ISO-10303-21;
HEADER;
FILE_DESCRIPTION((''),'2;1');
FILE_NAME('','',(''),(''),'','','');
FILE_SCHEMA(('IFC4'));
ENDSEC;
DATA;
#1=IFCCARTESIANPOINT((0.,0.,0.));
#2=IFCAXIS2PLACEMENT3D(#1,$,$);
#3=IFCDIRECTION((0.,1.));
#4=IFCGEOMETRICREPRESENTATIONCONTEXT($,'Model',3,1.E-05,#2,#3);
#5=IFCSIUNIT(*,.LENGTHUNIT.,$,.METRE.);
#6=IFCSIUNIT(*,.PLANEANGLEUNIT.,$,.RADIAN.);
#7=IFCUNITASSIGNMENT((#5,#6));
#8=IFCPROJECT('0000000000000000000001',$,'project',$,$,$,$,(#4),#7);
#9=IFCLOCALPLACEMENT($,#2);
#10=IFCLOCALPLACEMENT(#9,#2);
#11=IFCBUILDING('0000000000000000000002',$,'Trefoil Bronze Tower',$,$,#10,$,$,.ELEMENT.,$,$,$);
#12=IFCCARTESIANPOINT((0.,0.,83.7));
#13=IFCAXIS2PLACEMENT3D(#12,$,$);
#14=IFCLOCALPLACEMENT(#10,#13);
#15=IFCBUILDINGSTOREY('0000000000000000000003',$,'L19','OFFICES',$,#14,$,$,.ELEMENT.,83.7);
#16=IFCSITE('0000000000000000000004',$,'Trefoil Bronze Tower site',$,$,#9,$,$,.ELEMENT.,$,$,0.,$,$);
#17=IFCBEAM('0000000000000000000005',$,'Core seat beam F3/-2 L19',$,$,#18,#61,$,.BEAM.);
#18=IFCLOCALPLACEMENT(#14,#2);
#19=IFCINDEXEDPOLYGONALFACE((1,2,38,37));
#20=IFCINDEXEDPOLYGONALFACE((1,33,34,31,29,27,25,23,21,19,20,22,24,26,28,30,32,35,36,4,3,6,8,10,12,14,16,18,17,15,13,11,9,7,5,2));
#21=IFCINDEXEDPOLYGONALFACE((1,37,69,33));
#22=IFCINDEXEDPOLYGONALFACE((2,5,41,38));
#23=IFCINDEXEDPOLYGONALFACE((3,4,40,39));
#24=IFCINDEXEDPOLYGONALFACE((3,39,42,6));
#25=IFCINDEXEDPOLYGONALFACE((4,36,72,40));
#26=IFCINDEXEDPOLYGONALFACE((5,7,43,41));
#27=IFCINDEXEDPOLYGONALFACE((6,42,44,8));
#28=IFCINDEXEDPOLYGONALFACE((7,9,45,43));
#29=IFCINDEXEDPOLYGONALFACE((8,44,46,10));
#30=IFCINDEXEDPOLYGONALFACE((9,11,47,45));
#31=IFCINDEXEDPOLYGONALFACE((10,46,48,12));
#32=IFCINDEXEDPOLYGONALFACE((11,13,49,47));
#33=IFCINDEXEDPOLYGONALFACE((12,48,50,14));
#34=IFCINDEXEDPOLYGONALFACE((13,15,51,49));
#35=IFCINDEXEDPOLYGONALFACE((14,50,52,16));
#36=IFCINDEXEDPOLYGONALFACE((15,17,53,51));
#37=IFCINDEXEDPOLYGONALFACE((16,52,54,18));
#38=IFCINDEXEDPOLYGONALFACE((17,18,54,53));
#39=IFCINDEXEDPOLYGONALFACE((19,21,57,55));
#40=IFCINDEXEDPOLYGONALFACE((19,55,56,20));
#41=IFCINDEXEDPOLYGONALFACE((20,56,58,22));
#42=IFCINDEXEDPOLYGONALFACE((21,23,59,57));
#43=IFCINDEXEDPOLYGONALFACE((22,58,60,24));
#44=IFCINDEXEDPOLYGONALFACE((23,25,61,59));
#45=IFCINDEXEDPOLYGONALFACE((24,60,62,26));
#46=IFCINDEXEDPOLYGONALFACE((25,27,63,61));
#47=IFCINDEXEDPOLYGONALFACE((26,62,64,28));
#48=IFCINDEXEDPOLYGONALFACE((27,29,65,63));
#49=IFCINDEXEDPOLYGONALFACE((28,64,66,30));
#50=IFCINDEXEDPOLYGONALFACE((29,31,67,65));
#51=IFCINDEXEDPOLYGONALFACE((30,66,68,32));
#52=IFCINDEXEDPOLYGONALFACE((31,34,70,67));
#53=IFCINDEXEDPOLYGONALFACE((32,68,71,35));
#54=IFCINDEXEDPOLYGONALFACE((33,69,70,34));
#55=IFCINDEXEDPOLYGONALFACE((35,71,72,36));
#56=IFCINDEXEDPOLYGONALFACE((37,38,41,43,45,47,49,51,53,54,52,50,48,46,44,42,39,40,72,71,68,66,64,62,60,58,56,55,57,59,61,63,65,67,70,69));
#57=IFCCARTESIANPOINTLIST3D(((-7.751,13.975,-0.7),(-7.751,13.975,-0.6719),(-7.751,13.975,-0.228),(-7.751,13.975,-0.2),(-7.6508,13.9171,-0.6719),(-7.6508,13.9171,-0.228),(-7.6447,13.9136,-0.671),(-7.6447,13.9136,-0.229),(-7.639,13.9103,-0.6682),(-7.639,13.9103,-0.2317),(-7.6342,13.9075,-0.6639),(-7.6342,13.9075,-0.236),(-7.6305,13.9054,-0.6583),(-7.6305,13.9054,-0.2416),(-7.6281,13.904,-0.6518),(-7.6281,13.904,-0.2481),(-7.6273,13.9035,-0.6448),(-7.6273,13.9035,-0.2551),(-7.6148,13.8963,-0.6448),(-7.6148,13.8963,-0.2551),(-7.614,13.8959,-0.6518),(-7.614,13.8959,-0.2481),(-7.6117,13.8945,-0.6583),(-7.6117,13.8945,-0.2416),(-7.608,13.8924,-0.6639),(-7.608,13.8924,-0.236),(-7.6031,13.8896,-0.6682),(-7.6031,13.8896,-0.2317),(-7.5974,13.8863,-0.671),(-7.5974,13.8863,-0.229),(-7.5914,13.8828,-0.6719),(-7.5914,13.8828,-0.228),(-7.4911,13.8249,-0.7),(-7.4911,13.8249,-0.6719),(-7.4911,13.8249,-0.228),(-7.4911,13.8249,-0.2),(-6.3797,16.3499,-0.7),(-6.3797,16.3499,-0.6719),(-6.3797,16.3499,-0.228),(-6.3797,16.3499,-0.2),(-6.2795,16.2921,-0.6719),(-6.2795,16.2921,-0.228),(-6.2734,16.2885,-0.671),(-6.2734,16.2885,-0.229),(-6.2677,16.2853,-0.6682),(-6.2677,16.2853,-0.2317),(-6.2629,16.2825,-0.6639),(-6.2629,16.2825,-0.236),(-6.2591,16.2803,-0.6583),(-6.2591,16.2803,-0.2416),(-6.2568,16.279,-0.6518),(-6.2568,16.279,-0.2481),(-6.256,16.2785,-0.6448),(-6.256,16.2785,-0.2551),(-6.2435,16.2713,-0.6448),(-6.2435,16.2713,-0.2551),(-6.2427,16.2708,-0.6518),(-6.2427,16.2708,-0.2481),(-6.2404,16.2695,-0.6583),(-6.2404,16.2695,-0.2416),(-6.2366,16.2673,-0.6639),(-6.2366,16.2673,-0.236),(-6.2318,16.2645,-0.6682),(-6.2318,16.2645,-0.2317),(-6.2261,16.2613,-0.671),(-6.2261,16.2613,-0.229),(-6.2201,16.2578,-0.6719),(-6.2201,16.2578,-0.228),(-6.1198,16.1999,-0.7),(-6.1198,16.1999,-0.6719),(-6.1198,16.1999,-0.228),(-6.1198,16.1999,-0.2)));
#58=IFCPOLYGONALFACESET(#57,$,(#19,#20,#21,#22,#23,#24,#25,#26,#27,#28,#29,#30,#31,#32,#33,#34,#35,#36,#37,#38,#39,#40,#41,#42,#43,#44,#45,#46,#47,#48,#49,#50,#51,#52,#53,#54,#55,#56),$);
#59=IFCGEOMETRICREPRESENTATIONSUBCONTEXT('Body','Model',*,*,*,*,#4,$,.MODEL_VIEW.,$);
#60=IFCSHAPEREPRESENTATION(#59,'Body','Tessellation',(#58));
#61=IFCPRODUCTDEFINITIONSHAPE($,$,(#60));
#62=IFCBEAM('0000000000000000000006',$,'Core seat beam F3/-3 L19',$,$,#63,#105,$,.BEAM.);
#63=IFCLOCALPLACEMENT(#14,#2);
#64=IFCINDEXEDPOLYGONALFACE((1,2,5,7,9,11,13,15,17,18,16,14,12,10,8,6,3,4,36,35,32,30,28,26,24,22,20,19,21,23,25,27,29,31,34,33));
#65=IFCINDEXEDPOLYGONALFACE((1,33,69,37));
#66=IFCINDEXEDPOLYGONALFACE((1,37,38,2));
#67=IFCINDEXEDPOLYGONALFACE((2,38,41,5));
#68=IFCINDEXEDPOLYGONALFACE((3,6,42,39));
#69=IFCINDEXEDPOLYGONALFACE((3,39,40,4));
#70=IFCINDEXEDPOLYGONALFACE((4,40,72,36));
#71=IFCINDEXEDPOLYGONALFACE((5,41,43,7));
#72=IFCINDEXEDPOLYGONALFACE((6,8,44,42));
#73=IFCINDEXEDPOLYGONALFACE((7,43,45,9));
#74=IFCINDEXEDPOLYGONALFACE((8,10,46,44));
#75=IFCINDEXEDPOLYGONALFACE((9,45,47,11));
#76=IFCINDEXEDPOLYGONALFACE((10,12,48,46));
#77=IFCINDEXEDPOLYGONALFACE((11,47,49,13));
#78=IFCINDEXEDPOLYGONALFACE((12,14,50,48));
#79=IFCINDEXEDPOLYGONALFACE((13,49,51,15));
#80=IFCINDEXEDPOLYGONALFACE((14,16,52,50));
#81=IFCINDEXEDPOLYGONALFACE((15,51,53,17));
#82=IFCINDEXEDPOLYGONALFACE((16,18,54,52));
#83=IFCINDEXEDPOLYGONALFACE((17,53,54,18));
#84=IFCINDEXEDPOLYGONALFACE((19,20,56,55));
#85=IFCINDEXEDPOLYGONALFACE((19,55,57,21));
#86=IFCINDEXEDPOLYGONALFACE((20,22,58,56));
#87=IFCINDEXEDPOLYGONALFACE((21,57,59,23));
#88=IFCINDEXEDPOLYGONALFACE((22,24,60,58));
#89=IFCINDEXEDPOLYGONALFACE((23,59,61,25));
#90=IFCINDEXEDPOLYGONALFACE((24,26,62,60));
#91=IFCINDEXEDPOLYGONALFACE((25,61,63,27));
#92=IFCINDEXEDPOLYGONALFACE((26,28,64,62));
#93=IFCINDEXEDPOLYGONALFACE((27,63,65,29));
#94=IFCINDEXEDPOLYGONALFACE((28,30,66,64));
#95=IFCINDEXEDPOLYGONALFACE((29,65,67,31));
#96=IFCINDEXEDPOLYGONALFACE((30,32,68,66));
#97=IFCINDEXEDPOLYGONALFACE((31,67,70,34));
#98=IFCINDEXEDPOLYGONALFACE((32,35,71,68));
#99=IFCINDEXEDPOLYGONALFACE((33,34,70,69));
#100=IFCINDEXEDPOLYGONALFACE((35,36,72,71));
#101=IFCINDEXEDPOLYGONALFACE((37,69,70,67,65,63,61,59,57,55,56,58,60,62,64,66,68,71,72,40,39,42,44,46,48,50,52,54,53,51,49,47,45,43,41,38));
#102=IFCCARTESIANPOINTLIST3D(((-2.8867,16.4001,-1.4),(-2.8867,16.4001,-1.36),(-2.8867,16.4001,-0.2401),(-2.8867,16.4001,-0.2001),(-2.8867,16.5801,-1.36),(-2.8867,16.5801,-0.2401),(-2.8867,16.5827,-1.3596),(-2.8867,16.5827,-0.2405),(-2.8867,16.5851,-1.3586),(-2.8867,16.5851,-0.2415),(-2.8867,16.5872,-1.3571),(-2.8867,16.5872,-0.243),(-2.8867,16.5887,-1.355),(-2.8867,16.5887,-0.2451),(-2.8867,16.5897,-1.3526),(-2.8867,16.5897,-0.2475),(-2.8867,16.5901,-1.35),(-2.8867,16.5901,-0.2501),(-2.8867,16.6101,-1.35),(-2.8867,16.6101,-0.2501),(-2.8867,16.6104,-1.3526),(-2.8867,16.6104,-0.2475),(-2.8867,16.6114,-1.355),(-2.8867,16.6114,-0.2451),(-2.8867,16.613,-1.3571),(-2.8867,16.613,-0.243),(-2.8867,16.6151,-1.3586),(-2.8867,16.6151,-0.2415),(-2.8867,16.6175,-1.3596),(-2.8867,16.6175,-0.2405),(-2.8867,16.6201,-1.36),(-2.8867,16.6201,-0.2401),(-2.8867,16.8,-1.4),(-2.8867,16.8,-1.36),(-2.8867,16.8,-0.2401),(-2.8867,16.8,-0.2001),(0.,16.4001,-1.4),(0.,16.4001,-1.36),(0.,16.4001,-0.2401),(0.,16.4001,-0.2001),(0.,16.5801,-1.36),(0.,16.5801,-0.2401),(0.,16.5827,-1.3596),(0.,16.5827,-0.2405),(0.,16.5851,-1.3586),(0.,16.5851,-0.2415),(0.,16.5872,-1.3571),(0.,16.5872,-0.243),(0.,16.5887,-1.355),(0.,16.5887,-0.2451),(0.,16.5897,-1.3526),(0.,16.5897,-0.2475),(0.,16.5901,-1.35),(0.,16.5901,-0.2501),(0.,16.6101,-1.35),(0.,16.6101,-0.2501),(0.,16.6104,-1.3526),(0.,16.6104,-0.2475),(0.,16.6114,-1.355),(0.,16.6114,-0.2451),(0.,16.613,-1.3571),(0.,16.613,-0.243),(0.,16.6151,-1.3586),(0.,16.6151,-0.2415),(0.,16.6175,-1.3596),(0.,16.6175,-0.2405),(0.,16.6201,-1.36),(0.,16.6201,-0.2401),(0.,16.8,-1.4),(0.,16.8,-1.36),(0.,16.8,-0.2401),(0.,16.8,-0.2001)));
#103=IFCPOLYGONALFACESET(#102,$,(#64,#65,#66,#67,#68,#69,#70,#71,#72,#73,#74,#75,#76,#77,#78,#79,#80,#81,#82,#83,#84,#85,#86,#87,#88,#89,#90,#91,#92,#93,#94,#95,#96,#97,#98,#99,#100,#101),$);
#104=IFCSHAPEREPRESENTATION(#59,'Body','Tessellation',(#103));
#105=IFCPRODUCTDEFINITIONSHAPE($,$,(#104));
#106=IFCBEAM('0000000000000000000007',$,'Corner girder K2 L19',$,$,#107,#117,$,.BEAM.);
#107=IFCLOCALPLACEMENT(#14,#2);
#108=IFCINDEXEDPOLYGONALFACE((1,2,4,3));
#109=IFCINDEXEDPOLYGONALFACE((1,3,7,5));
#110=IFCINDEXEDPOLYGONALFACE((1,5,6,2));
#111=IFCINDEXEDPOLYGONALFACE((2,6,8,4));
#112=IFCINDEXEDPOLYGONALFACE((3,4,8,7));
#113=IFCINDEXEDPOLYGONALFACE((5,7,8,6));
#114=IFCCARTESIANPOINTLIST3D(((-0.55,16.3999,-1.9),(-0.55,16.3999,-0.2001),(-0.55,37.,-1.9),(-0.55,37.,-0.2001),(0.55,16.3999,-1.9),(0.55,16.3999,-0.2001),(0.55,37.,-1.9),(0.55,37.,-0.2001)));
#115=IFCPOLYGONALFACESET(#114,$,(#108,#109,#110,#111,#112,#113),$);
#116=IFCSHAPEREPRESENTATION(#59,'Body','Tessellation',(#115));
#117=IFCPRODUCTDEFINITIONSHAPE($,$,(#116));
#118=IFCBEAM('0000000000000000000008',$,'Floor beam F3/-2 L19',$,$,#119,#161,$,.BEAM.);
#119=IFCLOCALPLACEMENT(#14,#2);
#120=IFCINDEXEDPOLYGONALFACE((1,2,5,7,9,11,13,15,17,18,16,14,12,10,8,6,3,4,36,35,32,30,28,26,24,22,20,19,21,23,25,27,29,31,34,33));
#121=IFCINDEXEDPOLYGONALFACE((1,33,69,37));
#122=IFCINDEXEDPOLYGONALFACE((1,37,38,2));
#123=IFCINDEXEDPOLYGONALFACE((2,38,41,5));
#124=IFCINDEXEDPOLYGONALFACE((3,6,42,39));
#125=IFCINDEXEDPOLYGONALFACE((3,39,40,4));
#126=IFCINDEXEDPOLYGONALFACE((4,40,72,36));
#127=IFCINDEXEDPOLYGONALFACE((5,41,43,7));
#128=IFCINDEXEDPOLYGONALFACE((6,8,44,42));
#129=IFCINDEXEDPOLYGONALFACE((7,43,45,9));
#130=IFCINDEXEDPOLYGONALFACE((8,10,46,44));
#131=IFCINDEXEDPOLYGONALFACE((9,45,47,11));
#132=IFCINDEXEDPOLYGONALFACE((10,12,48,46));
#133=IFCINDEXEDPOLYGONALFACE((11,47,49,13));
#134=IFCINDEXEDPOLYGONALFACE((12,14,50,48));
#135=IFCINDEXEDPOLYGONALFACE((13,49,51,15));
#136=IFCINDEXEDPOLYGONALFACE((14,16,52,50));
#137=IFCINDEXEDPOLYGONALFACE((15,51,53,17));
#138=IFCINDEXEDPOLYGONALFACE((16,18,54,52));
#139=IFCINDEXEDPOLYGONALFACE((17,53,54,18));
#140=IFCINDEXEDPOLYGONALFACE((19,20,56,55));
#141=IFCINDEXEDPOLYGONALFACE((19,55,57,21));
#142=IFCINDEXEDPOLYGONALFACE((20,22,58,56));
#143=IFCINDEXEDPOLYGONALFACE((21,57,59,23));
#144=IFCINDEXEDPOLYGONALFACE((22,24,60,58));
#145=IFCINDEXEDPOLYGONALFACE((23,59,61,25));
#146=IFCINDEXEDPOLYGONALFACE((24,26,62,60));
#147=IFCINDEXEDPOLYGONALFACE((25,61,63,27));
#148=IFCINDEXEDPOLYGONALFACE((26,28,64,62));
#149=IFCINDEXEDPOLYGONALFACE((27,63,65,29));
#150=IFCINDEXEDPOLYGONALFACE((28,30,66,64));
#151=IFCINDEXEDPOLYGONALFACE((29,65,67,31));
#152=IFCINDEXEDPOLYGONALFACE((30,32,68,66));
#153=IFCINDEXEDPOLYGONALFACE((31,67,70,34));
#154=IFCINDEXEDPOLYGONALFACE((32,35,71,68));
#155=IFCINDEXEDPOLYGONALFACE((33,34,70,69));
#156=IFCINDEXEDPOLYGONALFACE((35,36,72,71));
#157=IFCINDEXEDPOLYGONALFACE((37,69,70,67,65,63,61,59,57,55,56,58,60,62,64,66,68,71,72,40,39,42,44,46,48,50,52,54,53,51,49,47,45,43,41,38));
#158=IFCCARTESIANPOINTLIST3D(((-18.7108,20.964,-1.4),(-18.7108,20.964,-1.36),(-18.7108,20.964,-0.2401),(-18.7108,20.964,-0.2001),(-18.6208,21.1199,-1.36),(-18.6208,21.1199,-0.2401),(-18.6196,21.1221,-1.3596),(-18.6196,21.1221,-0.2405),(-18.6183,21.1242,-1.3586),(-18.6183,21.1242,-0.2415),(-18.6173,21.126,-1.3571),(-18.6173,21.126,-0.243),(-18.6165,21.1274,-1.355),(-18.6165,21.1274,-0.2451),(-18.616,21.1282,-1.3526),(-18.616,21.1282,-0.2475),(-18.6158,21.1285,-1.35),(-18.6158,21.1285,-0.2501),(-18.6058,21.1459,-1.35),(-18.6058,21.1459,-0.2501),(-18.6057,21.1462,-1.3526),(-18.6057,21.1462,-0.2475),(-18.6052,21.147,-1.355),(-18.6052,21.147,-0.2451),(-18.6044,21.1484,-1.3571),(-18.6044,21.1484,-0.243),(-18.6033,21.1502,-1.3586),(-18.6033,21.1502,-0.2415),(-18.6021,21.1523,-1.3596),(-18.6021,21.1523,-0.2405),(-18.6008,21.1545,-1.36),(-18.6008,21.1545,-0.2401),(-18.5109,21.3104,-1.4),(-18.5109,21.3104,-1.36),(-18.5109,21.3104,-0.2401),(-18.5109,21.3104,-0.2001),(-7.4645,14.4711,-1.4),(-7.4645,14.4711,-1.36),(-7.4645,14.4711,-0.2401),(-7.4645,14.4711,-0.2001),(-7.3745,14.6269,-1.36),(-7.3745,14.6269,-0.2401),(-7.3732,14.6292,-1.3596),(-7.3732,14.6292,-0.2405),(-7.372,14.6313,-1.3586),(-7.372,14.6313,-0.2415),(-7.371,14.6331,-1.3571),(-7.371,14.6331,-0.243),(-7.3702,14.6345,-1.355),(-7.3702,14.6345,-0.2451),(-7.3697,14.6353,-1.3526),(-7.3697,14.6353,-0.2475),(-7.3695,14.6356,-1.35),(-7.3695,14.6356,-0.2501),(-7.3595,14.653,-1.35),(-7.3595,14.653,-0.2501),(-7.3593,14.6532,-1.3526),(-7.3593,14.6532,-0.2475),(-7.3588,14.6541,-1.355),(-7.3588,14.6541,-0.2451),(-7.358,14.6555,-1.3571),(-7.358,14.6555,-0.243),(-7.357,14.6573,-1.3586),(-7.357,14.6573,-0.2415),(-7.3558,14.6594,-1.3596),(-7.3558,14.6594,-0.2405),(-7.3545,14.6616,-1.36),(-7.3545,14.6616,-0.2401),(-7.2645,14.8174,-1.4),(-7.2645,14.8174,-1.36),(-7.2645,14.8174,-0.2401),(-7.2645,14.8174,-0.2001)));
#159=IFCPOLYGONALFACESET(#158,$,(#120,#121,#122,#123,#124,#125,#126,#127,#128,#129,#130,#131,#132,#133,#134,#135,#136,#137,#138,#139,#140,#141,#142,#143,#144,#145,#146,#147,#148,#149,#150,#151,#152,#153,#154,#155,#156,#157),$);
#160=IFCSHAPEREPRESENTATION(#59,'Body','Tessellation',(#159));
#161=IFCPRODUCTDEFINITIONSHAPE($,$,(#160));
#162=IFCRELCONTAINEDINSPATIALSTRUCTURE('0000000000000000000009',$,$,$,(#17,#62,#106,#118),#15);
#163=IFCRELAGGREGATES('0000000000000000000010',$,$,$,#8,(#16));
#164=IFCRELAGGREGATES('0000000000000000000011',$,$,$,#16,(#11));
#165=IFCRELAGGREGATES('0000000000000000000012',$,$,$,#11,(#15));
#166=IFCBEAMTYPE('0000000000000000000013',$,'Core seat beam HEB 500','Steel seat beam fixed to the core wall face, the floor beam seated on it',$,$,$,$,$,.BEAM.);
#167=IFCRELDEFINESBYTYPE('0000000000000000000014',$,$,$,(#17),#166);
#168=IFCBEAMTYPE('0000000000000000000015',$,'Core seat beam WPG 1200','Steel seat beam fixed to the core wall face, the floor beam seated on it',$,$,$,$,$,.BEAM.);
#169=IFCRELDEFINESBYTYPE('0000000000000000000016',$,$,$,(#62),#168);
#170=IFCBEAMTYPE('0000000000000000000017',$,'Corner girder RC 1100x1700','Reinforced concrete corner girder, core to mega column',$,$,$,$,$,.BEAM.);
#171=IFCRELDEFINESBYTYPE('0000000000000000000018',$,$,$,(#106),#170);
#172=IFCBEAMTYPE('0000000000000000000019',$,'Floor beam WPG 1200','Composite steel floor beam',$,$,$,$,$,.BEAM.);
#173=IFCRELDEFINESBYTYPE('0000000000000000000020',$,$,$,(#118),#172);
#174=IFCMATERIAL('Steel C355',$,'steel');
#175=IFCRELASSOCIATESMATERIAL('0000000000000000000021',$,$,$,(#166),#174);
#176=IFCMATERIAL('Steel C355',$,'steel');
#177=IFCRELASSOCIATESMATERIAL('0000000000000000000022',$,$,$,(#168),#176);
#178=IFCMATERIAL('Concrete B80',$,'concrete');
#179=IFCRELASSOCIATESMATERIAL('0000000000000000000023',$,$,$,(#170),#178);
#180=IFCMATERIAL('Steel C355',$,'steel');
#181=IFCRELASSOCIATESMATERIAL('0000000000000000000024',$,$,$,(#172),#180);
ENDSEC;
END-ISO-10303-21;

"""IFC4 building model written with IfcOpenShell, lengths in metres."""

from ifc_helpers import new_model, si_unit, direction, frame, origin, origin_2d, place, context, subcontext, project, spatial, rectangle, i_section, extrude, material, material_profile, profile_set, type_object, element, save


model = new_model("IFC4")

# Units and contexts
model_context = context("Model", 3, precision=1e-05, world=origin(), true_north=direction((0.0, 1.0)))
body_context = subcontext(model_context, "Body", "Model", "MODEL_VIEW")
ifc_project = project(units=[si_unit("LENGTHUNIT", "METRE"), si_unit("PLANEANGLEUNIT", "RADIAN")], contexts=[model_context])

# Site, building, storey
site_placement = place(None, origin())
site = spatial("IfcSite", under=ifc_project, at=site_placement, Name="Trefoil Bronze Tower site", CompositionType="ELEMENT", RefElevation=0.0)
building_placement = place(site_placement, origin())
building = spatial("IfcBuilding", under=site, at=building_placement, Name="Trefoil Bronze Tower", CompositionType="ELEMENT")
storey_placement = place(building_placement, frame((0.0, 0.0, 83.7)))
storey = spatial("IfcBuildingStorey", under=building, at=storey_placement, Name="L19", Description="OFFICES", CompositionType="ELEMENT", Elevation=83.7)

# Beams
ifc_material_1 = material(Name="Steel C355", Category="steel")
ifc_material_profile_1 = material_profile(ifc_material_1, i_section(OverallWidth=0.3, OverallDepth=0.5, WebThickness=0.0144, FlangeThickness=0.0281, FilletRadius=0.0271, at=origin_2d()), Name="HEB 500")
ifc_profile_set_1 = profile_set([ifc_material_profile_1], Name="Steel C355")
beam_type_1 = type_object("IfcBeamType", Name="Core seat beam HEB 500", Description="Steel seat beam fixed to the core wall face, the floor beam seated on it", PredefinedType="BEAM", material=ifc_profile_set_1)
beam_1_placement = place(storey_placement, frame((-6.2498, 16.2749, -0.45), z_axis=(-0.500036, -0.866005, 0.0), x_axis=(0.866005, -0.500036, 0.0)))
element("IfcBeam", 1, at=beam_1_placement, inside=storey, type_object=beam_type_1, Name="Core seat beam F3/-2 L19", PredefinedType="BEAM", context=body_context, shape_type="SweptSolid", body=[
    extrude(i_section(OverallWidth=0.3, OverallDepth=0.5, WebThickness=0.0144, FlangeThickness=0.0281, FilletRadius=0.0271, at=origin_2d()), origin(), (0.0, 0.0, 1.0), 2.7424),
])
ifc_material_2 = material(Name="Steel C355", Category="steel")
ifc_material_profile_2 = material_profile(ifc_material_2, i_section(OverallWidth=0.3999, OverallDepth=1.2, WebThickness=0.02, FlangeThickness=0.04, FilletRadius=0.01, at=origin_2d()), Name="WPG 1200")
ifc_profile_set_2 = profile_set([ifc_material_profile_2], Name="Steel C355")
beam_type_2 = type_object("IfcBeamType", Name="Core seat beam WPG 1200", Description="Steel seat beam fixed to the core wall face, the floor beam seated on it", PredefinedType="BEAM", material=ifc_profile_set_2)
beam_2_placement = place(storey_placement, frame((0.0, 16.6001, -0.8), z_axis=(-1.0, 0.0, 0.0), x_axis=(0.0, -1.0, 0.0)))
element("IfcBeam", 2, at=beam_2_placement, inside=storey, type_object=beam_type_2, Name="Core seat beam F3/-3 L19", PredefinedType="BEAM", context=body_context, shape_type="SweptSolid", body=[
    extrude(i_section(OverallWidth=0.3999, OverallDepth=1.2, WebThickness=0.02, FlangeThickness=0.04, FilletRadius=0.01, at=origin_2d()), origin(), (0.0, 0.0, 1.0), 2.8867),
])
ifc_material_3 = material(Name="Concrete B80", Category="concrete")
ifc_material_profile_3 = material_profile(ifc_material_3, rectangle(XDim=1.1001, YDim=1.7, at=origin_2d()), Name="RC 1100x1700")
ifc_profile_set_3 = profile_set([ifc_material_profile_3], Name="Concrete B80")
beam_type_3 = type_object("IfcBeamType", Name="Corner girder RC 1100x1700", Description="Reinforced concrete corner girder, core to mega column", PredefinedType="BEAM", material=ifc_profile_set_3)
beam_3_placement = place(storey_placement, frame((0.0, 16.3999, -1.05), z_axis=(0.0, 1.0, 0.0), x_axis=(-1.0, 0.0, 0.0)))
element("IfcBeam", 3, at=beam_3_placement, inside=storey, type_object=beam_type_3, Name="Corner girder K2 L19", PredefinedType="BEAM", context=body_context, shape_type="SweptSolid", body=[
    extrude(rectangle(XDim=1.1001, YDim=1.7, at=origin_2d()), origin(), (0.0, 0.0, 1.0), 20.6001),
])
ifc_material_4 = material(Name="Steel C355", Category="steel")
ifc_material_profile_4 = material_profile(ifc_material_4, i_section(OverallWidth=0.3999, OverallDepth=1.2, WebThickness=0.02, FlangeThickness=0.04, FilletRadius=0.01, at=origin_2d()), Name="WPG 1200")
ifc_profile_set_4 = profile_set([ifc_material_profile_4], Name="Steel C355")
beam_type_4 = type_object("IfcBeamType", Name="Floor beam WPG 1200", Description="Composite steel floor beam", PredefinedType="BEAM", material=ifc_profile_set_4)
beam_4_placement = place(storey_placement, frame((-18.6108, 21.1372, -0.8), z_axis=(0.866031, -0.499991, 0.0), x_axis=(0.499991, 0.866031, 0.0)))
element("IfcBeam", 4, at=beam_4_placement, inside=storey, type_object=beam_type_4, Name="Floor beam F3/-2 L19", PredefinedType="BEAM", context=body_context, shape_type="SweptSolid", body=[
    extrude(i_section(OverallWidth=0.3999, OverallDepth=1.2, WebThickness=0.02, FlangeThickness=0.04, FilletRadius=0.01, at=origin_2d()), origin(), (0.0, 0.0, 1.0), 12.9861),
])

save(model, "model.ifc")
